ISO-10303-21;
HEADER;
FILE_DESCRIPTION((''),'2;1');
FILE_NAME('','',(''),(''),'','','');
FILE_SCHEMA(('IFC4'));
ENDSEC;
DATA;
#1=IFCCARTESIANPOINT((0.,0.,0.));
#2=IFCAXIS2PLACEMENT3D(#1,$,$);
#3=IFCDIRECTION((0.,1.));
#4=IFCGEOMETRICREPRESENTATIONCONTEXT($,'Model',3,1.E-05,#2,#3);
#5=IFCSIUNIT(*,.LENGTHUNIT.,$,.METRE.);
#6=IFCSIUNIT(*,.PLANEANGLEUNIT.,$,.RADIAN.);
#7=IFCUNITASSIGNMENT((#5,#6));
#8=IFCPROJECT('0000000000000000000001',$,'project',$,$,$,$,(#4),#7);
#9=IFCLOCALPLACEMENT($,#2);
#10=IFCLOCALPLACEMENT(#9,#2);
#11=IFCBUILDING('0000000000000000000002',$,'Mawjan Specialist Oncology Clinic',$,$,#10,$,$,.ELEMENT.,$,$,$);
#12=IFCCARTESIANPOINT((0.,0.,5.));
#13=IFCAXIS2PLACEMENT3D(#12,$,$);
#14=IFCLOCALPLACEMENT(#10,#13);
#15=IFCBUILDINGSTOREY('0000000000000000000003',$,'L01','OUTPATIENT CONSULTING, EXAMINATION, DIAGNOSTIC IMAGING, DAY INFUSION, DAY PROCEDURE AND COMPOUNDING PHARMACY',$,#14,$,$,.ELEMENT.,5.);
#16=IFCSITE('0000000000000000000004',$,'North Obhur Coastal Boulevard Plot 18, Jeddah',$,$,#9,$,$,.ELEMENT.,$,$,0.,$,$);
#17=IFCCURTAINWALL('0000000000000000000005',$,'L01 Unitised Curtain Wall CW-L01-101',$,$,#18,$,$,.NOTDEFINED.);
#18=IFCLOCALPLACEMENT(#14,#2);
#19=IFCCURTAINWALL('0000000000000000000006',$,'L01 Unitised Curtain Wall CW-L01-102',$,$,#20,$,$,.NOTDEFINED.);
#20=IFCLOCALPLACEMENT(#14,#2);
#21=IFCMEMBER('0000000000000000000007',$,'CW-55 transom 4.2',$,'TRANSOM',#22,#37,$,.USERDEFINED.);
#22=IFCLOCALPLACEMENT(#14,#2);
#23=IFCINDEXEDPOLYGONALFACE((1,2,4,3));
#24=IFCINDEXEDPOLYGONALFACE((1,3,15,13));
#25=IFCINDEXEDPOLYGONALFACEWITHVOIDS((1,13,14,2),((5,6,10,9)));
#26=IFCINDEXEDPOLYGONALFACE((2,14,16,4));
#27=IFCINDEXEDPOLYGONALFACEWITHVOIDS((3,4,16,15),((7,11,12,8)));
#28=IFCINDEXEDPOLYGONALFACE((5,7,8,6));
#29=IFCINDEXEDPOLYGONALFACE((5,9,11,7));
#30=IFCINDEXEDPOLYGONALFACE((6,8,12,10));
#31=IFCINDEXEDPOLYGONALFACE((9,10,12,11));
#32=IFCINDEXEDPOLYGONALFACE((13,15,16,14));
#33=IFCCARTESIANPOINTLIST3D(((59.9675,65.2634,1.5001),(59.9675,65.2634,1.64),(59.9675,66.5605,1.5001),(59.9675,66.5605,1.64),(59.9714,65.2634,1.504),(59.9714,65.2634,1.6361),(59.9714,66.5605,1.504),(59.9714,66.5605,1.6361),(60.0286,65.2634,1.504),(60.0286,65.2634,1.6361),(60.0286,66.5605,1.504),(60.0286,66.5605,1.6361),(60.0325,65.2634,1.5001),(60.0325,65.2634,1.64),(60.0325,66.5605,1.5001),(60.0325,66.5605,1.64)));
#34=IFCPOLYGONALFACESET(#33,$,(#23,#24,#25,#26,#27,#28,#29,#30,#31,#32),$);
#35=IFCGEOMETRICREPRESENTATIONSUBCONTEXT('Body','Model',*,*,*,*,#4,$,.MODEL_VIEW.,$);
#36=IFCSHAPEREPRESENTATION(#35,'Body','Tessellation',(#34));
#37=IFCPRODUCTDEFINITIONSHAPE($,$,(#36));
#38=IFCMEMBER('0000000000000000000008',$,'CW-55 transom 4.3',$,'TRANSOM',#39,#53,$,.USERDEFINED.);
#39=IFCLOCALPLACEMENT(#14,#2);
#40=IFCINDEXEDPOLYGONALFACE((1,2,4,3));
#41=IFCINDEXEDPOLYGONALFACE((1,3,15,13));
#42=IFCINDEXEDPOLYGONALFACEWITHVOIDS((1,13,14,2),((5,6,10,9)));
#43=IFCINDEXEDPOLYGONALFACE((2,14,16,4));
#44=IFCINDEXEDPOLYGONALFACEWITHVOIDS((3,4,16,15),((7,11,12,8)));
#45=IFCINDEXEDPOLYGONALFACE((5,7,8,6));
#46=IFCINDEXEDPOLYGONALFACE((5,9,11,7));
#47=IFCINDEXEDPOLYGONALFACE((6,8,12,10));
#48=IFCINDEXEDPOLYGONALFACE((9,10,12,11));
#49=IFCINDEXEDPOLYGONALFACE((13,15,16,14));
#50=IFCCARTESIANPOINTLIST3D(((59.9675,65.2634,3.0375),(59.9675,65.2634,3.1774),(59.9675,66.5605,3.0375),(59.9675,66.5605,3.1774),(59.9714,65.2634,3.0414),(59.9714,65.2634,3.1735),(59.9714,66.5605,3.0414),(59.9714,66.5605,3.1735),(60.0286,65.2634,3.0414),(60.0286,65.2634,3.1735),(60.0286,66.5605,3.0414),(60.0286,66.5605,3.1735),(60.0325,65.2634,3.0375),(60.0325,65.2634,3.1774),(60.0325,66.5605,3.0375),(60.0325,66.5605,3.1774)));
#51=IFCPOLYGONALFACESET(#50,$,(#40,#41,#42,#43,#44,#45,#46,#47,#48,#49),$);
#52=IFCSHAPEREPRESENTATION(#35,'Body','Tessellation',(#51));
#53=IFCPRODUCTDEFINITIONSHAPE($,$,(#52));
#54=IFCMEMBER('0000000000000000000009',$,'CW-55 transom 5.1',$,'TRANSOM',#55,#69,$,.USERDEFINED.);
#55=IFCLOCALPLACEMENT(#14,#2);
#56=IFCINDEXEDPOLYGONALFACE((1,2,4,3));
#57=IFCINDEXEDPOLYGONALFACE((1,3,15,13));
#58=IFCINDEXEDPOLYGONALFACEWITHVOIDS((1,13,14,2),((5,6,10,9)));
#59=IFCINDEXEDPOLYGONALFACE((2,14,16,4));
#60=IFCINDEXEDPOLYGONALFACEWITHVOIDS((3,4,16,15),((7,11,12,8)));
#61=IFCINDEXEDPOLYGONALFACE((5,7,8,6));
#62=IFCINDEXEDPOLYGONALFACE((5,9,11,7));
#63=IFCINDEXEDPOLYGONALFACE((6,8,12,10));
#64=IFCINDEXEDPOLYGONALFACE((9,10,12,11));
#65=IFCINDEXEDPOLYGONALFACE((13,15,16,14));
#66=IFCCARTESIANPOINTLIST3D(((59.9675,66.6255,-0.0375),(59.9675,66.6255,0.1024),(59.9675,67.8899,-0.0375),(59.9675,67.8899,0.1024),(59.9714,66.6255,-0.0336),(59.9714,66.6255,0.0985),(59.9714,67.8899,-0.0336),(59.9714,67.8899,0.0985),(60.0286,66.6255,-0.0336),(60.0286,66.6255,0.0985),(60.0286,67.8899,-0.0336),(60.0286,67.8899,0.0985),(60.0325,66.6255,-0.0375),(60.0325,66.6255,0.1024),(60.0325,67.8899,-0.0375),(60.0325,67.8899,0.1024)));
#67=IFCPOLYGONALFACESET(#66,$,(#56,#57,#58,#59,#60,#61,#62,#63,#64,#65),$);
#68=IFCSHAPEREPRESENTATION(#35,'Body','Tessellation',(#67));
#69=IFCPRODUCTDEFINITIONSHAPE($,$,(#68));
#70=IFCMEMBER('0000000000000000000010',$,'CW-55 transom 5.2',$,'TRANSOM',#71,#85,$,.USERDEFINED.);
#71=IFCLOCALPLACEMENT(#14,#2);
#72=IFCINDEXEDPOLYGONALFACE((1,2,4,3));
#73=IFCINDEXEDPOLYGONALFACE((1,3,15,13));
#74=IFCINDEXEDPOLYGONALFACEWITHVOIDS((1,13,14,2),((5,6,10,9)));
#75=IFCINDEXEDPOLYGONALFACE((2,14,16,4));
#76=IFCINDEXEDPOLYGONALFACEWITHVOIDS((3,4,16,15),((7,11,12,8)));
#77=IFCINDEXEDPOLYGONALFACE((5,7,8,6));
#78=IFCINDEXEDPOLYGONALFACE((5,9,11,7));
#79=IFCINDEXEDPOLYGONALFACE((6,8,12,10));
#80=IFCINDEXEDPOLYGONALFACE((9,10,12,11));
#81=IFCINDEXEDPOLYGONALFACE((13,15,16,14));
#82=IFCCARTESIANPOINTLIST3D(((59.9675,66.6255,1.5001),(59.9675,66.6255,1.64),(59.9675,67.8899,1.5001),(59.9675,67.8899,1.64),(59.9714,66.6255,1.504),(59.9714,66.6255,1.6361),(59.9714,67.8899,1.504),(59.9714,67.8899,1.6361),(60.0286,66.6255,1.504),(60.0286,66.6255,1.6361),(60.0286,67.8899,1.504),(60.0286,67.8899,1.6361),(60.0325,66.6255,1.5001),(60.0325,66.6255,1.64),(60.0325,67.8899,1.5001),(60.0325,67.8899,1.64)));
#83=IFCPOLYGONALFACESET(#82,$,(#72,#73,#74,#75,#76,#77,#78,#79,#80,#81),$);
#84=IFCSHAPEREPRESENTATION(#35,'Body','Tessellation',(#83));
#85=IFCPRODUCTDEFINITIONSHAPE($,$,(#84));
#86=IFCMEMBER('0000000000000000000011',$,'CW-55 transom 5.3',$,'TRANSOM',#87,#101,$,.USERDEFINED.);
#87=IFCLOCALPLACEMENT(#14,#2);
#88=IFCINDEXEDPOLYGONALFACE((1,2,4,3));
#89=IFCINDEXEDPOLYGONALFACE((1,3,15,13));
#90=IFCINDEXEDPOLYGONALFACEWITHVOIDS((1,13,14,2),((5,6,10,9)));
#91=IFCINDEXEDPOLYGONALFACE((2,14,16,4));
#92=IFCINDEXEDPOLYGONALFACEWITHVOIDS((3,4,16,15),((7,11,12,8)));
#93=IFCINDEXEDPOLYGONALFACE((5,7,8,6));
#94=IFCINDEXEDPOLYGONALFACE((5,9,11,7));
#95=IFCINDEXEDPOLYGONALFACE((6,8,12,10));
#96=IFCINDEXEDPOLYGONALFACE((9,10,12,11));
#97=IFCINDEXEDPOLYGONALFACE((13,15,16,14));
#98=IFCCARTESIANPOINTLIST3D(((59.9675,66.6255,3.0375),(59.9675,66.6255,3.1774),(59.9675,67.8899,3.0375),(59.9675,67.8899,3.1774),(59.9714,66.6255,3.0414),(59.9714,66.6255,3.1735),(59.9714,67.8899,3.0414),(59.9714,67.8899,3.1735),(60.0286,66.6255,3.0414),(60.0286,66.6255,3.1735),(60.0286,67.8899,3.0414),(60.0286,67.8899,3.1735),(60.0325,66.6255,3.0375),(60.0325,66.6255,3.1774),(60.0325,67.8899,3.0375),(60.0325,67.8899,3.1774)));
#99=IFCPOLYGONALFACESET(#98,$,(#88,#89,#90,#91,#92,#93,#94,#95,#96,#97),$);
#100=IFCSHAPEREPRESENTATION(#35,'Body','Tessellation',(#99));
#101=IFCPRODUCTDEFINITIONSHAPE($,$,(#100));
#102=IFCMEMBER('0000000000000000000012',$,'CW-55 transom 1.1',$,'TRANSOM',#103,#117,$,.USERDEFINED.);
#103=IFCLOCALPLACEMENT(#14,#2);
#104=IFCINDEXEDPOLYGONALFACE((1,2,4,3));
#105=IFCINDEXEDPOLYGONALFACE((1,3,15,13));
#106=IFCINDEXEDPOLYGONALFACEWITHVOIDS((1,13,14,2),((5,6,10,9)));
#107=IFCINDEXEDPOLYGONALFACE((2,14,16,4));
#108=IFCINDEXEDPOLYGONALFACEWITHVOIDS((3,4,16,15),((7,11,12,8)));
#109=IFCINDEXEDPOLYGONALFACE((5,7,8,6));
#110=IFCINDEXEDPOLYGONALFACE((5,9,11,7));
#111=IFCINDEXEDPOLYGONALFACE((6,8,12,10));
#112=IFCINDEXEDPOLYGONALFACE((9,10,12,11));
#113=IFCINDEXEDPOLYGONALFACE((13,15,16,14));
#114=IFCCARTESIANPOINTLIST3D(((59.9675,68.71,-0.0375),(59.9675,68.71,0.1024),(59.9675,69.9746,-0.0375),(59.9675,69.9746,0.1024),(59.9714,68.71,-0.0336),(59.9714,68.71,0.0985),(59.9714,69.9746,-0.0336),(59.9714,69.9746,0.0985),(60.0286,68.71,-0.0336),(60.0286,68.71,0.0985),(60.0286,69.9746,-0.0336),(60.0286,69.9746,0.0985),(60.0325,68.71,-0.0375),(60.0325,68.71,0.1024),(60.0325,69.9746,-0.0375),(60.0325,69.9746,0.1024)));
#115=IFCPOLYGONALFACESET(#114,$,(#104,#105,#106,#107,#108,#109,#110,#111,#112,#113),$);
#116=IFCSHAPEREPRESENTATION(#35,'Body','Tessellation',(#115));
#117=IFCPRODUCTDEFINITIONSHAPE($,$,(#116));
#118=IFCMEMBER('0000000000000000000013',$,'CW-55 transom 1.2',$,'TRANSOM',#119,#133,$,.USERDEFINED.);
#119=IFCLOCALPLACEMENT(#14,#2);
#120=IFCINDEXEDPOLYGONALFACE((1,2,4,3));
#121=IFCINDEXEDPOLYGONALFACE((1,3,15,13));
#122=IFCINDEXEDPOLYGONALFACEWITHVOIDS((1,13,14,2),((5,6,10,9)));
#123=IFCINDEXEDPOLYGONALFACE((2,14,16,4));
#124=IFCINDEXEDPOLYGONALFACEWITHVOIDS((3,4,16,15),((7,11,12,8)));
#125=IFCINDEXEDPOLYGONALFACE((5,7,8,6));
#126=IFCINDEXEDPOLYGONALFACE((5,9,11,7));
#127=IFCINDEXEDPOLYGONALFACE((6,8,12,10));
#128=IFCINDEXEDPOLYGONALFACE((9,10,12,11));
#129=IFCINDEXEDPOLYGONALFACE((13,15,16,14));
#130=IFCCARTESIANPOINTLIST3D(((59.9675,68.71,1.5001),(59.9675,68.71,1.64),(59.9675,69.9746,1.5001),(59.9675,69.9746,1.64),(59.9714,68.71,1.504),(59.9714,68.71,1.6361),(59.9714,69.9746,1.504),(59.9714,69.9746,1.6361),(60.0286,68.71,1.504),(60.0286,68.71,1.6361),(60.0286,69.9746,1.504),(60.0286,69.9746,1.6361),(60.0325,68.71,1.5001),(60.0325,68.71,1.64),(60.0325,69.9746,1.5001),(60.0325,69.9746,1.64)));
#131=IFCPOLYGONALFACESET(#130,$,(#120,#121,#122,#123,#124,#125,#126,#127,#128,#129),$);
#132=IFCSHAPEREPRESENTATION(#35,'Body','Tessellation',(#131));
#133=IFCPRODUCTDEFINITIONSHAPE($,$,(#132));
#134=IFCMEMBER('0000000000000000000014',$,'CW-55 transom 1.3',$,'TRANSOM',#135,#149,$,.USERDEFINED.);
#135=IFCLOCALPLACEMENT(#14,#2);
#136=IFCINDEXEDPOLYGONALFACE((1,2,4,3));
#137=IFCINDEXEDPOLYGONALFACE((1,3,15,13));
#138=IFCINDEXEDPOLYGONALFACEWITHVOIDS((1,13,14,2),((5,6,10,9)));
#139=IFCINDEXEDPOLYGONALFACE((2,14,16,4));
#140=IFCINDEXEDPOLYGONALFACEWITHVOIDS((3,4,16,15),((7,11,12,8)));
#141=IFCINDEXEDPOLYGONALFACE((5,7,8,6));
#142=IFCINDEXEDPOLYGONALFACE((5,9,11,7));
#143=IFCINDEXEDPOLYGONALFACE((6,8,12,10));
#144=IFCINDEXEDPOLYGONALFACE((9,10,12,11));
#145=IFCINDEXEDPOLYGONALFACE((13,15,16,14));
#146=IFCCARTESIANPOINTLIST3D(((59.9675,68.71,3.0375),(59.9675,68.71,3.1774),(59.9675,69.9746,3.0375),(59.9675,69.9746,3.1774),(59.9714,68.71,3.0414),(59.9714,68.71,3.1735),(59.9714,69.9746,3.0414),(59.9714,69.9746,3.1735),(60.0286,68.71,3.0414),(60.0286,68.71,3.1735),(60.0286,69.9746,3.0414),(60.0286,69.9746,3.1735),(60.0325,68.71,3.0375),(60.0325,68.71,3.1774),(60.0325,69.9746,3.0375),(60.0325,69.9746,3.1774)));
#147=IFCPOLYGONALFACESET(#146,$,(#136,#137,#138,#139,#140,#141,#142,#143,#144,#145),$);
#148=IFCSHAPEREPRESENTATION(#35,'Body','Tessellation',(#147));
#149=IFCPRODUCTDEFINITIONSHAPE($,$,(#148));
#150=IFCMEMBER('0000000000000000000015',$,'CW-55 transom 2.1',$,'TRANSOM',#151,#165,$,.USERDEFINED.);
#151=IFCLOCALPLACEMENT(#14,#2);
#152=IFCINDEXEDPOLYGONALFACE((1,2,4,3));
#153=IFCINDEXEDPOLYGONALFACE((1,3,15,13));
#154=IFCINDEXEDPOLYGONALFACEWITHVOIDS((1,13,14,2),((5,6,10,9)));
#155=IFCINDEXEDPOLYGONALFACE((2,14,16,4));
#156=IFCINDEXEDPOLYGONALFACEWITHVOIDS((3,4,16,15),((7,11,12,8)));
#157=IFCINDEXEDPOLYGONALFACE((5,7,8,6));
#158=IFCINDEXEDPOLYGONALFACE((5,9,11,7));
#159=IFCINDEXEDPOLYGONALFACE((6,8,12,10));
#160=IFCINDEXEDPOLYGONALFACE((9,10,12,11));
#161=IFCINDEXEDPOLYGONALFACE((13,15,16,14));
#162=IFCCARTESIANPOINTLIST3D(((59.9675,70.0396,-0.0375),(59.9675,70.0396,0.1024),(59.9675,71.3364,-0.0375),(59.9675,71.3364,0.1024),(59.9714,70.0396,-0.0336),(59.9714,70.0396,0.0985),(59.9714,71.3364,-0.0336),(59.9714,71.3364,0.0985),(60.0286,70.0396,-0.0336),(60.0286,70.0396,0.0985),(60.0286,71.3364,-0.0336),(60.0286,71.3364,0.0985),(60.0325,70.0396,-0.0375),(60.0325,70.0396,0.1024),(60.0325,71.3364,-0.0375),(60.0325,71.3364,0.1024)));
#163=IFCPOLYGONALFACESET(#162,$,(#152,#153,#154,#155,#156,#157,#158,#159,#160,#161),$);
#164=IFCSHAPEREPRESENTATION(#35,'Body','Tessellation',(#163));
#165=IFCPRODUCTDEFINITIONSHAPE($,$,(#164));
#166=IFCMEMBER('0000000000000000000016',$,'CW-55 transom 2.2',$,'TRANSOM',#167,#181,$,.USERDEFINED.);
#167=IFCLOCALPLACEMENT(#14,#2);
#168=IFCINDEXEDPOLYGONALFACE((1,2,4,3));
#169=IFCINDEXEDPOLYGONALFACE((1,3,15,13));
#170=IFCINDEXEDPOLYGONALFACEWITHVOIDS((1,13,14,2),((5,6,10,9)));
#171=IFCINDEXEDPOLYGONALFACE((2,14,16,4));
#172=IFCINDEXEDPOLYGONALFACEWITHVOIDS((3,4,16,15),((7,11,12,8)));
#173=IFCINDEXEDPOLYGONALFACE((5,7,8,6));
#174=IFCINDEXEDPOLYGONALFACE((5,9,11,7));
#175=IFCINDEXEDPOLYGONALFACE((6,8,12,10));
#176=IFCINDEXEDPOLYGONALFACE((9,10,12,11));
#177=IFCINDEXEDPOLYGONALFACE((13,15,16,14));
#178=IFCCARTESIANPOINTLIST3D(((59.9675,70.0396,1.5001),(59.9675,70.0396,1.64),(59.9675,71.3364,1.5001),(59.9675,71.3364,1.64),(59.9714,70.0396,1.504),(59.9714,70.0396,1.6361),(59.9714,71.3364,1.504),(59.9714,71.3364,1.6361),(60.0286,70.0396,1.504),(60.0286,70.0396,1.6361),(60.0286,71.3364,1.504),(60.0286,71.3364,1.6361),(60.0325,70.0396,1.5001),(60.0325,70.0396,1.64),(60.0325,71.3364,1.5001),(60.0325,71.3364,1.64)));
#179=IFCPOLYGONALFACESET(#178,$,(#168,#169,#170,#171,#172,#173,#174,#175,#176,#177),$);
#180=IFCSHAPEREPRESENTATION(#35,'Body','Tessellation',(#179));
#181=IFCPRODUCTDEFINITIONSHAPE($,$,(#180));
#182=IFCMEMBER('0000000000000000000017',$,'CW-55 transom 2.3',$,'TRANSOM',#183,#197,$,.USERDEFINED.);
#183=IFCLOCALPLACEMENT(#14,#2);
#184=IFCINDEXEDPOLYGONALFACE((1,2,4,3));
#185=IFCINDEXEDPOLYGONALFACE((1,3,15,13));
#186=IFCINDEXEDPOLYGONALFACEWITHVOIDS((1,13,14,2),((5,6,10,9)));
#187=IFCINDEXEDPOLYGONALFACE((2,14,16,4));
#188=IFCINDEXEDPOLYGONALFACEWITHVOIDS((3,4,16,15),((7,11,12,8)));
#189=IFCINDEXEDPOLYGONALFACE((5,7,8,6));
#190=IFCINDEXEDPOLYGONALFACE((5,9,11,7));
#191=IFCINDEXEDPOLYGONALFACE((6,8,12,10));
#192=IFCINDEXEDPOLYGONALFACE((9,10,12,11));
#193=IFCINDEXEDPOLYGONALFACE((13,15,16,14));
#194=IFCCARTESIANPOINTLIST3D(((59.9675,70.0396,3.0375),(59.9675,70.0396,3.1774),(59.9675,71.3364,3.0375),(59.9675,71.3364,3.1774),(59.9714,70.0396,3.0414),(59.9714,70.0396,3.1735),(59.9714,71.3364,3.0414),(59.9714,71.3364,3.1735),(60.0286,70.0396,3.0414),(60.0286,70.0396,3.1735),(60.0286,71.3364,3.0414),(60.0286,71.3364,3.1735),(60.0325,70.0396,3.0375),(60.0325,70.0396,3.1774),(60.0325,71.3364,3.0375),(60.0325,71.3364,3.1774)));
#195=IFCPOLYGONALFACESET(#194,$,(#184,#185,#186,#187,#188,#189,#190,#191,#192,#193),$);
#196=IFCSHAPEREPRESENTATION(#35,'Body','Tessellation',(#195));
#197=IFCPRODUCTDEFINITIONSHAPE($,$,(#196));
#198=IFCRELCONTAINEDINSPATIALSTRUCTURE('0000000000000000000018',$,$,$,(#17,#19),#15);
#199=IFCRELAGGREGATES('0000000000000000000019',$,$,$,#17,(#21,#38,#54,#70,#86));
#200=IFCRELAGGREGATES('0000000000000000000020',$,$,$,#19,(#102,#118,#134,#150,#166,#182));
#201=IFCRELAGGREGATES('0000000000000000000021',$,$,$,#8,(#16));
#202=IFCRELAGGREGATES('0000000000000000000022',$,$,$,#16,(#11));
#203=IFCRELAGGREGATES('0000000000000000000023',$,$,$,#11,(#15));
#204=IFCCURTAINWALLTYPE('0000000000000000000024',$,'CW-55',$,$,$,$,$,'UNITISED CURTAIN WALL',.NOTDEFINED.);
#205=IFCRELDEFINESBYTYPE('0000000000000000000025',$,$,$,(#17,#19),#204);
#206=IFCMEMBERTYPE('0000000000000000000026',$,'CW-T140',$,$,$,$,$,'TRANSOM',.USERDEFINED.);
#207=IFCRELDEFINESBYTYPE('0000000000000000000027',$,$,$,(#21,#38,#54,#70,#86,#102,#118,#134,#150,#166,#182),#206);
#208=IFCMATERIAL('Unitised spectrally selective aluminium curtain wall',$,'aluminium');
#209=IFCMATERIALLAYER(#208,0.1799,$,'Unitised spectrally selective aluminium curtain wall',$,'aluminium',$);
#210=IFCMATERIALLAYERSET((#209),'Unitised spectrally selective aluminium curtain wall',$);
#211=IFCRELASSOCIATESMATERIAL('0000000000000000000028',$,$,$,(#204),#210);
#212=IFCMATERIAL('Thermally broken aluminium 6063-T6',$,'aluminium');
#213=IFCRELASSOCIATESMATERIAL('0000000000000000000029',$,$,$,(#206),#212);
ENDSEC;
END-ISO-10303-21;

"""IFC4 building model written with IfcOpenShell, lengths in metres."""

from ifc_helpers import new_model, si_unit, direction, frame, origin, origin_2d, place, context, subcontext, project, spatial, hollow_rectangle, extrude, material, layer, layer_set, material_profile, profile_set, type_object, element, aggregate, save


model = new_model("IFC4")

# Units and contexts
model_context = context("Model", 3, precision=1e-05, world=origin(), true_north=direction((0.0, 1.0)))
body_context = subcontext(model_context, "Body", "Model", "MODEL_VIEW")
ifc_project = project(units=[si_unit("LENGTHUNIT", "METRE"), si_unit("PLANEANGLEUNIT", "RADIAN")], contexts=[model_context])

# Site, building, storey
site_placement = place(None, origin())
site = spatial("IfcSite", under=ifc_project, at=site_placement, Name="North Obhur Coastal Boulevard Plot 18, Jeddah", CompositionType="ELEMENT", RefElevation=0.0)
building_placement = place(site_placement, origin())
building = spatial("IfcBuilding", under=site, at=building_placement, Name="Mawjan Specialist Oncology Clinic", CompositionType="ELEMENT")
storey_placement = place(building_placement, frame((0.0, 0.0, 5.0)))
storey = spatial("IfcBuildingStorey", under=building, at=storey_placement, Name="L01", Description="OUTPATIENT CONSULTING, EXAMINATION, DIAGNOSTIC IMAGING, DAY INFUSION, DAY PROCEDURE AND COMPOUNDING PHARMACY", CompositionType="ELEMENT", Elevation=5.0)

# Curtain walls
ifc_material_1 = material(Name="Unitised spectrally selective aluminium curtain wall", Category="aluminium")
ifc_layer_1 = layer(ifc_material_1, 0.1799, Name="Unitised spectrally selective aluminium curtain wall", Category="aluminium")
ifc_layer_set_1 = layer_set([ifc_layer_1], Name="Unitised spectrally selective aluminium curtain wall")
curtain_wall_type = type_object("IfcCurtainWallType", Name="CW-55", ElementType="UNITISED CURTAIN WALL", PredefinedType="NOTDEFINED", material=ifc_layer_set_1)
curtain_wall_1_placement = place(storey_placement, origin())
curtain_wall_1 = element("IfcCurtainWall", 1, at=curtain_wall_1_placement, inside=storey, type_object=curtain_wall_type, Name="L01 Unitised Curtain Wall CW-L01-101", PredefinedType="NOTDEFINED")
curtain_wall_2_placement = place(storey_placement, origin())
curtain_wall_2 = element("IfcCurtainWall", 2, at=curtain_wall_2_placement, inside=storey, type_object=curtain_wall_type, Name="L01 Unitised Curtain Wall CW-L01-102", PredefinedType="NOTDEFINED")

# Members
ifc_material_2 = material(Name="Thermally broken aluminium 6063-T6", Category="aluminium")
ifc_material_profile_1 = material_profile(ifc_material_2, hollow_rectangle(XDim=0.0649, YDim=0.1399, WallThickness=0.0039, at=origin_2d()), Name="ALU TRANSOM 140x65x4", Category="aluminium")
ifc_profile_set_1 = profile_set([ifc_material_profile_1], Name="Thermally broken aluminium 6063-T6")
member_type_1 = type_object("IfcMemberType", Name="CW-T140", ElementType="TRANSOM", PredefinedType="USERDEFINED", material=ifc_profile_set_1)
member_1_placement = place(storey_placement, frame((60.0, 65.2634, 1.5701), z_axis=(0.0, 1.0, 0.0), x_axis=(-1.0, 0.0, 0.0)))
member_1 = element("IfcMember", 3, at=member_1_placement, type_object=member_type_1, Name="CW-55 transom 4.2", ObjectType="TRANSOM", PredefinedType="USERDEFINED", context=body_context, shape_type="SweptSolid", body=[
    extrude(hollow_rectangle(XDim=0.0649, YDim=0.1399, WallThickness=0.0039, at=origin_2d()), origin(), (0.0, 0.0, 1.0), 1.2971),
])
member_2_placement = place(storey_placement, frame((60.0, 65.2634, 3.1074), z_axis=(0.0, 1.0, 0.0), x_axis=(-1.0, 0.0, 0.0)))
member_2 = element("IfcMember", 4, at=member_2_placement, type_object=member_type_1, Name="CW-55 transom 4.3", ObjectType="TRANSOM", PredefinedType="USERDEFINED", context=body_context, shape_type="SweptSolid", body=[
    extrude(hollow_rectangle(XDim=0.0649, YDim=0.1399, WallThickness=0.0039, at=origin_2d()), origin(), (0.0, 0.0, 1.0), 1.2971),
])
member_3_placement = place(storey_placement, frame((60.0, 66.6255, 0.0325), z_axis=(0.0, 1.0, 0.0), x_axis=(-1.0, 0.0, 0.0)))
member_3 = element("IfcMember", 5, at=member_3_placement, type_object=member_type_1, Name="CW-55 transom 5.1", ObjectType="TRANSOM", PredefinedType="USERDEFINED", context=body_context, shape_type="SweptSolid", body=[
    extrude(hollow_rectangle(XDim=0.0649, YDim=0.1399, WallThickness=0.0039, at=origin_2d()), origin(), (0.0, 0.0, 1.0), 1.2644),
])
member_4_placement = place(storey_placement, frame((60.0, 66.6255, 1.5701), z_axis=(0.0, 1.0, 0.0), x_axis=(-1.0, 0.0, 0.0)))
member_4 = element("IfcMember", 6, at=member_4_placement, type_object=member_type_1, Name="CW-55 transom 5.2", ObjectType="TRANSOM", PredefinedType="USERDEFINED", context=body_context, shape_type="SweptSolid", body=[
    extrude(hollow_rectangle(XDim=0.0649, YDim=0.1399, WallThickness=0.0039, at=origin_2d()), origin(), (0.0, 0.0, 1.0), 1.2644),
])
member_5_placement = place(storey_placement, frame((60.0, 66.6255, 3.1074), z_axis=(0.0, 1.0, 0.0), x_axis=(-1.0, 0.0, 0.0)))
member_5 = element("IfcMember", 7, at=member_5_placement, type_object=member_type_1, Name="CW-55 transom 5.3", ObjectType="TRANSOM", PredefinedType="USERDEFINED", context=body_context, shape_type="SweptSolid", body=[
    extrude(hollow_rectangle(XDim=0.0649, YDim=0.1399, WallThickness=0.0039, at=origin_2d()), origin(), (0.0, 0.0, 1.0), 1.2644),
])
member_6_placement = place(storey_placement, frame((60.0, 68.71, 0.0325), z_axis=(0.0, 1.0, 0.0), x_axis=(-1.0, 0.0, 0.0)))
member_6 = element("IfcMember", 8, at=member_6_placement, type_object=member_type_1, Name="CW-55 transom 1.1", ObjectType="TRANSOM", PredefinedType="USERDEFINED", context=body_context, shape_type="SweptSolid", body=[
    extrude(hollow_rectangle(XDim=0.0649, YDim=0.1399, WallThickness=0.0039, at=origin_2d()), origin(), (0.0, 0.0, 1.0), 1.2646),
])
member_7_placement = place(storey_placement, frame((60.0, 68.71, 1.5701), z_axis=(0.0, 1.0, 0.0), x_axis=(-1.0, 0.0, 0.0)))
member_7 = element("IfcMember", 9, at=member_7_placement, type_object=member_type_1, Name="CW-55 transom 1.2", ObjectType="TRANSOM", PredefinedType="USERDEFINED", context=body_context, shape_type="SweptSolid", body=[
    extrude(hollow_rectangle(XDim=0.0649, YDim=0.1399, WallThickness=0.0039, at=origin_2d()), origin(), (0.0, 0.0, 1.0), 1.2646),
])
member_8_placement = place(storey_placement, frame((60.0, 68.71, 3.1074), z_axis=(0.0, 1.0, 0.0), x_axis=(-1.0, 0.0, 0.0)))
member_8 = element("IfcMember", 10, at=member_8_placement, type_object=member_type_1, Name="CW-55 transom 1.3", ObjectType="TRANSOM", PredefinedType="USERDEFINED", context=body_context, shape_type="SweptSolid", body=[
    extrude(hollow_rectangle(XDim=0.0649, YDim=0.1399, WallThickness=0.0039, at=origin_2d()), origin(), (0.0, 0.0, 1.0), 1.2646),
])
member_9_placement = place(storey_placement, frame((60.0, 70.0396, 0.0325), z_axis=(0.0, 1.0, 0.0), x_axis=(-1.0, 0.0, 0.0)))
member_9 = element("IfcMember", 11, at=member_9_placement, type_object=member_type_1, Name="CW-55 transom 2.1", ObjectType="TRANSOM", PredefinedType="USERDEFINED", context=body_context, shape_type="SweptSolid", body=[
    extrude(hollow_rectangle(XDim=0.0649, YDim=0.1399, WallThickness=0.0039, at=origin_2d()), origin(), (0.0, 0.0, 1.0), 1.2969),
])
member_10_placement = place(storey_placement, frame((60.0, 70.0396, 1.5701), z_axis=(0.0, 1.0, 0.0), x_axis=(-1.0, 0.0, 0.0)))
member_10 = element("IfcMember", 12, at=member_10_placement, type_object=member_type_1, Name="CW-55 transom 2.2", ObjectType="TRANSOM", PredefinedType="USERDEFINED", context=body_context, shape_type="SweptSolid", body=[
    extrude(hollow_rectangle(XDim=0.0649, YDim=0.1399, WallThickness=0.0039, at=origin_2d()), origin(), (0.0, 0.0, 1.0), 1.2969),
])
member_11_placement = place(storey_placement, frame((60.0, 70.0396, 3.1074), z_axis=(0.0, 1.0, 0.0), x_axis=(-1.0, 0.0, 0.0)))
member_11 = element("IfcMember", 13, at=member_11_placement, type_object=member_type_1, Name="CW-55 transom 2.3", ObjectType="TRANSOM", PredefinedType="USERDEFINED", context=body_context, shape_type="SweptSolid", body=[
    extrude(hollow_rectangle(XDim=0.0649, YDim=0.1399, WallThickness=0.0039, at=origin_2d()), origin(), (0.0, 0.0, 1.0), 1.2969),
])

aggregate(curtain_wall_1, [member_1, member_2, member_3, member_4, member_5])
aggregate(curtain_wall_2, [member_6, member_7, member_8, member_9, member_10, member_11])

save(model, "model.ifc")
